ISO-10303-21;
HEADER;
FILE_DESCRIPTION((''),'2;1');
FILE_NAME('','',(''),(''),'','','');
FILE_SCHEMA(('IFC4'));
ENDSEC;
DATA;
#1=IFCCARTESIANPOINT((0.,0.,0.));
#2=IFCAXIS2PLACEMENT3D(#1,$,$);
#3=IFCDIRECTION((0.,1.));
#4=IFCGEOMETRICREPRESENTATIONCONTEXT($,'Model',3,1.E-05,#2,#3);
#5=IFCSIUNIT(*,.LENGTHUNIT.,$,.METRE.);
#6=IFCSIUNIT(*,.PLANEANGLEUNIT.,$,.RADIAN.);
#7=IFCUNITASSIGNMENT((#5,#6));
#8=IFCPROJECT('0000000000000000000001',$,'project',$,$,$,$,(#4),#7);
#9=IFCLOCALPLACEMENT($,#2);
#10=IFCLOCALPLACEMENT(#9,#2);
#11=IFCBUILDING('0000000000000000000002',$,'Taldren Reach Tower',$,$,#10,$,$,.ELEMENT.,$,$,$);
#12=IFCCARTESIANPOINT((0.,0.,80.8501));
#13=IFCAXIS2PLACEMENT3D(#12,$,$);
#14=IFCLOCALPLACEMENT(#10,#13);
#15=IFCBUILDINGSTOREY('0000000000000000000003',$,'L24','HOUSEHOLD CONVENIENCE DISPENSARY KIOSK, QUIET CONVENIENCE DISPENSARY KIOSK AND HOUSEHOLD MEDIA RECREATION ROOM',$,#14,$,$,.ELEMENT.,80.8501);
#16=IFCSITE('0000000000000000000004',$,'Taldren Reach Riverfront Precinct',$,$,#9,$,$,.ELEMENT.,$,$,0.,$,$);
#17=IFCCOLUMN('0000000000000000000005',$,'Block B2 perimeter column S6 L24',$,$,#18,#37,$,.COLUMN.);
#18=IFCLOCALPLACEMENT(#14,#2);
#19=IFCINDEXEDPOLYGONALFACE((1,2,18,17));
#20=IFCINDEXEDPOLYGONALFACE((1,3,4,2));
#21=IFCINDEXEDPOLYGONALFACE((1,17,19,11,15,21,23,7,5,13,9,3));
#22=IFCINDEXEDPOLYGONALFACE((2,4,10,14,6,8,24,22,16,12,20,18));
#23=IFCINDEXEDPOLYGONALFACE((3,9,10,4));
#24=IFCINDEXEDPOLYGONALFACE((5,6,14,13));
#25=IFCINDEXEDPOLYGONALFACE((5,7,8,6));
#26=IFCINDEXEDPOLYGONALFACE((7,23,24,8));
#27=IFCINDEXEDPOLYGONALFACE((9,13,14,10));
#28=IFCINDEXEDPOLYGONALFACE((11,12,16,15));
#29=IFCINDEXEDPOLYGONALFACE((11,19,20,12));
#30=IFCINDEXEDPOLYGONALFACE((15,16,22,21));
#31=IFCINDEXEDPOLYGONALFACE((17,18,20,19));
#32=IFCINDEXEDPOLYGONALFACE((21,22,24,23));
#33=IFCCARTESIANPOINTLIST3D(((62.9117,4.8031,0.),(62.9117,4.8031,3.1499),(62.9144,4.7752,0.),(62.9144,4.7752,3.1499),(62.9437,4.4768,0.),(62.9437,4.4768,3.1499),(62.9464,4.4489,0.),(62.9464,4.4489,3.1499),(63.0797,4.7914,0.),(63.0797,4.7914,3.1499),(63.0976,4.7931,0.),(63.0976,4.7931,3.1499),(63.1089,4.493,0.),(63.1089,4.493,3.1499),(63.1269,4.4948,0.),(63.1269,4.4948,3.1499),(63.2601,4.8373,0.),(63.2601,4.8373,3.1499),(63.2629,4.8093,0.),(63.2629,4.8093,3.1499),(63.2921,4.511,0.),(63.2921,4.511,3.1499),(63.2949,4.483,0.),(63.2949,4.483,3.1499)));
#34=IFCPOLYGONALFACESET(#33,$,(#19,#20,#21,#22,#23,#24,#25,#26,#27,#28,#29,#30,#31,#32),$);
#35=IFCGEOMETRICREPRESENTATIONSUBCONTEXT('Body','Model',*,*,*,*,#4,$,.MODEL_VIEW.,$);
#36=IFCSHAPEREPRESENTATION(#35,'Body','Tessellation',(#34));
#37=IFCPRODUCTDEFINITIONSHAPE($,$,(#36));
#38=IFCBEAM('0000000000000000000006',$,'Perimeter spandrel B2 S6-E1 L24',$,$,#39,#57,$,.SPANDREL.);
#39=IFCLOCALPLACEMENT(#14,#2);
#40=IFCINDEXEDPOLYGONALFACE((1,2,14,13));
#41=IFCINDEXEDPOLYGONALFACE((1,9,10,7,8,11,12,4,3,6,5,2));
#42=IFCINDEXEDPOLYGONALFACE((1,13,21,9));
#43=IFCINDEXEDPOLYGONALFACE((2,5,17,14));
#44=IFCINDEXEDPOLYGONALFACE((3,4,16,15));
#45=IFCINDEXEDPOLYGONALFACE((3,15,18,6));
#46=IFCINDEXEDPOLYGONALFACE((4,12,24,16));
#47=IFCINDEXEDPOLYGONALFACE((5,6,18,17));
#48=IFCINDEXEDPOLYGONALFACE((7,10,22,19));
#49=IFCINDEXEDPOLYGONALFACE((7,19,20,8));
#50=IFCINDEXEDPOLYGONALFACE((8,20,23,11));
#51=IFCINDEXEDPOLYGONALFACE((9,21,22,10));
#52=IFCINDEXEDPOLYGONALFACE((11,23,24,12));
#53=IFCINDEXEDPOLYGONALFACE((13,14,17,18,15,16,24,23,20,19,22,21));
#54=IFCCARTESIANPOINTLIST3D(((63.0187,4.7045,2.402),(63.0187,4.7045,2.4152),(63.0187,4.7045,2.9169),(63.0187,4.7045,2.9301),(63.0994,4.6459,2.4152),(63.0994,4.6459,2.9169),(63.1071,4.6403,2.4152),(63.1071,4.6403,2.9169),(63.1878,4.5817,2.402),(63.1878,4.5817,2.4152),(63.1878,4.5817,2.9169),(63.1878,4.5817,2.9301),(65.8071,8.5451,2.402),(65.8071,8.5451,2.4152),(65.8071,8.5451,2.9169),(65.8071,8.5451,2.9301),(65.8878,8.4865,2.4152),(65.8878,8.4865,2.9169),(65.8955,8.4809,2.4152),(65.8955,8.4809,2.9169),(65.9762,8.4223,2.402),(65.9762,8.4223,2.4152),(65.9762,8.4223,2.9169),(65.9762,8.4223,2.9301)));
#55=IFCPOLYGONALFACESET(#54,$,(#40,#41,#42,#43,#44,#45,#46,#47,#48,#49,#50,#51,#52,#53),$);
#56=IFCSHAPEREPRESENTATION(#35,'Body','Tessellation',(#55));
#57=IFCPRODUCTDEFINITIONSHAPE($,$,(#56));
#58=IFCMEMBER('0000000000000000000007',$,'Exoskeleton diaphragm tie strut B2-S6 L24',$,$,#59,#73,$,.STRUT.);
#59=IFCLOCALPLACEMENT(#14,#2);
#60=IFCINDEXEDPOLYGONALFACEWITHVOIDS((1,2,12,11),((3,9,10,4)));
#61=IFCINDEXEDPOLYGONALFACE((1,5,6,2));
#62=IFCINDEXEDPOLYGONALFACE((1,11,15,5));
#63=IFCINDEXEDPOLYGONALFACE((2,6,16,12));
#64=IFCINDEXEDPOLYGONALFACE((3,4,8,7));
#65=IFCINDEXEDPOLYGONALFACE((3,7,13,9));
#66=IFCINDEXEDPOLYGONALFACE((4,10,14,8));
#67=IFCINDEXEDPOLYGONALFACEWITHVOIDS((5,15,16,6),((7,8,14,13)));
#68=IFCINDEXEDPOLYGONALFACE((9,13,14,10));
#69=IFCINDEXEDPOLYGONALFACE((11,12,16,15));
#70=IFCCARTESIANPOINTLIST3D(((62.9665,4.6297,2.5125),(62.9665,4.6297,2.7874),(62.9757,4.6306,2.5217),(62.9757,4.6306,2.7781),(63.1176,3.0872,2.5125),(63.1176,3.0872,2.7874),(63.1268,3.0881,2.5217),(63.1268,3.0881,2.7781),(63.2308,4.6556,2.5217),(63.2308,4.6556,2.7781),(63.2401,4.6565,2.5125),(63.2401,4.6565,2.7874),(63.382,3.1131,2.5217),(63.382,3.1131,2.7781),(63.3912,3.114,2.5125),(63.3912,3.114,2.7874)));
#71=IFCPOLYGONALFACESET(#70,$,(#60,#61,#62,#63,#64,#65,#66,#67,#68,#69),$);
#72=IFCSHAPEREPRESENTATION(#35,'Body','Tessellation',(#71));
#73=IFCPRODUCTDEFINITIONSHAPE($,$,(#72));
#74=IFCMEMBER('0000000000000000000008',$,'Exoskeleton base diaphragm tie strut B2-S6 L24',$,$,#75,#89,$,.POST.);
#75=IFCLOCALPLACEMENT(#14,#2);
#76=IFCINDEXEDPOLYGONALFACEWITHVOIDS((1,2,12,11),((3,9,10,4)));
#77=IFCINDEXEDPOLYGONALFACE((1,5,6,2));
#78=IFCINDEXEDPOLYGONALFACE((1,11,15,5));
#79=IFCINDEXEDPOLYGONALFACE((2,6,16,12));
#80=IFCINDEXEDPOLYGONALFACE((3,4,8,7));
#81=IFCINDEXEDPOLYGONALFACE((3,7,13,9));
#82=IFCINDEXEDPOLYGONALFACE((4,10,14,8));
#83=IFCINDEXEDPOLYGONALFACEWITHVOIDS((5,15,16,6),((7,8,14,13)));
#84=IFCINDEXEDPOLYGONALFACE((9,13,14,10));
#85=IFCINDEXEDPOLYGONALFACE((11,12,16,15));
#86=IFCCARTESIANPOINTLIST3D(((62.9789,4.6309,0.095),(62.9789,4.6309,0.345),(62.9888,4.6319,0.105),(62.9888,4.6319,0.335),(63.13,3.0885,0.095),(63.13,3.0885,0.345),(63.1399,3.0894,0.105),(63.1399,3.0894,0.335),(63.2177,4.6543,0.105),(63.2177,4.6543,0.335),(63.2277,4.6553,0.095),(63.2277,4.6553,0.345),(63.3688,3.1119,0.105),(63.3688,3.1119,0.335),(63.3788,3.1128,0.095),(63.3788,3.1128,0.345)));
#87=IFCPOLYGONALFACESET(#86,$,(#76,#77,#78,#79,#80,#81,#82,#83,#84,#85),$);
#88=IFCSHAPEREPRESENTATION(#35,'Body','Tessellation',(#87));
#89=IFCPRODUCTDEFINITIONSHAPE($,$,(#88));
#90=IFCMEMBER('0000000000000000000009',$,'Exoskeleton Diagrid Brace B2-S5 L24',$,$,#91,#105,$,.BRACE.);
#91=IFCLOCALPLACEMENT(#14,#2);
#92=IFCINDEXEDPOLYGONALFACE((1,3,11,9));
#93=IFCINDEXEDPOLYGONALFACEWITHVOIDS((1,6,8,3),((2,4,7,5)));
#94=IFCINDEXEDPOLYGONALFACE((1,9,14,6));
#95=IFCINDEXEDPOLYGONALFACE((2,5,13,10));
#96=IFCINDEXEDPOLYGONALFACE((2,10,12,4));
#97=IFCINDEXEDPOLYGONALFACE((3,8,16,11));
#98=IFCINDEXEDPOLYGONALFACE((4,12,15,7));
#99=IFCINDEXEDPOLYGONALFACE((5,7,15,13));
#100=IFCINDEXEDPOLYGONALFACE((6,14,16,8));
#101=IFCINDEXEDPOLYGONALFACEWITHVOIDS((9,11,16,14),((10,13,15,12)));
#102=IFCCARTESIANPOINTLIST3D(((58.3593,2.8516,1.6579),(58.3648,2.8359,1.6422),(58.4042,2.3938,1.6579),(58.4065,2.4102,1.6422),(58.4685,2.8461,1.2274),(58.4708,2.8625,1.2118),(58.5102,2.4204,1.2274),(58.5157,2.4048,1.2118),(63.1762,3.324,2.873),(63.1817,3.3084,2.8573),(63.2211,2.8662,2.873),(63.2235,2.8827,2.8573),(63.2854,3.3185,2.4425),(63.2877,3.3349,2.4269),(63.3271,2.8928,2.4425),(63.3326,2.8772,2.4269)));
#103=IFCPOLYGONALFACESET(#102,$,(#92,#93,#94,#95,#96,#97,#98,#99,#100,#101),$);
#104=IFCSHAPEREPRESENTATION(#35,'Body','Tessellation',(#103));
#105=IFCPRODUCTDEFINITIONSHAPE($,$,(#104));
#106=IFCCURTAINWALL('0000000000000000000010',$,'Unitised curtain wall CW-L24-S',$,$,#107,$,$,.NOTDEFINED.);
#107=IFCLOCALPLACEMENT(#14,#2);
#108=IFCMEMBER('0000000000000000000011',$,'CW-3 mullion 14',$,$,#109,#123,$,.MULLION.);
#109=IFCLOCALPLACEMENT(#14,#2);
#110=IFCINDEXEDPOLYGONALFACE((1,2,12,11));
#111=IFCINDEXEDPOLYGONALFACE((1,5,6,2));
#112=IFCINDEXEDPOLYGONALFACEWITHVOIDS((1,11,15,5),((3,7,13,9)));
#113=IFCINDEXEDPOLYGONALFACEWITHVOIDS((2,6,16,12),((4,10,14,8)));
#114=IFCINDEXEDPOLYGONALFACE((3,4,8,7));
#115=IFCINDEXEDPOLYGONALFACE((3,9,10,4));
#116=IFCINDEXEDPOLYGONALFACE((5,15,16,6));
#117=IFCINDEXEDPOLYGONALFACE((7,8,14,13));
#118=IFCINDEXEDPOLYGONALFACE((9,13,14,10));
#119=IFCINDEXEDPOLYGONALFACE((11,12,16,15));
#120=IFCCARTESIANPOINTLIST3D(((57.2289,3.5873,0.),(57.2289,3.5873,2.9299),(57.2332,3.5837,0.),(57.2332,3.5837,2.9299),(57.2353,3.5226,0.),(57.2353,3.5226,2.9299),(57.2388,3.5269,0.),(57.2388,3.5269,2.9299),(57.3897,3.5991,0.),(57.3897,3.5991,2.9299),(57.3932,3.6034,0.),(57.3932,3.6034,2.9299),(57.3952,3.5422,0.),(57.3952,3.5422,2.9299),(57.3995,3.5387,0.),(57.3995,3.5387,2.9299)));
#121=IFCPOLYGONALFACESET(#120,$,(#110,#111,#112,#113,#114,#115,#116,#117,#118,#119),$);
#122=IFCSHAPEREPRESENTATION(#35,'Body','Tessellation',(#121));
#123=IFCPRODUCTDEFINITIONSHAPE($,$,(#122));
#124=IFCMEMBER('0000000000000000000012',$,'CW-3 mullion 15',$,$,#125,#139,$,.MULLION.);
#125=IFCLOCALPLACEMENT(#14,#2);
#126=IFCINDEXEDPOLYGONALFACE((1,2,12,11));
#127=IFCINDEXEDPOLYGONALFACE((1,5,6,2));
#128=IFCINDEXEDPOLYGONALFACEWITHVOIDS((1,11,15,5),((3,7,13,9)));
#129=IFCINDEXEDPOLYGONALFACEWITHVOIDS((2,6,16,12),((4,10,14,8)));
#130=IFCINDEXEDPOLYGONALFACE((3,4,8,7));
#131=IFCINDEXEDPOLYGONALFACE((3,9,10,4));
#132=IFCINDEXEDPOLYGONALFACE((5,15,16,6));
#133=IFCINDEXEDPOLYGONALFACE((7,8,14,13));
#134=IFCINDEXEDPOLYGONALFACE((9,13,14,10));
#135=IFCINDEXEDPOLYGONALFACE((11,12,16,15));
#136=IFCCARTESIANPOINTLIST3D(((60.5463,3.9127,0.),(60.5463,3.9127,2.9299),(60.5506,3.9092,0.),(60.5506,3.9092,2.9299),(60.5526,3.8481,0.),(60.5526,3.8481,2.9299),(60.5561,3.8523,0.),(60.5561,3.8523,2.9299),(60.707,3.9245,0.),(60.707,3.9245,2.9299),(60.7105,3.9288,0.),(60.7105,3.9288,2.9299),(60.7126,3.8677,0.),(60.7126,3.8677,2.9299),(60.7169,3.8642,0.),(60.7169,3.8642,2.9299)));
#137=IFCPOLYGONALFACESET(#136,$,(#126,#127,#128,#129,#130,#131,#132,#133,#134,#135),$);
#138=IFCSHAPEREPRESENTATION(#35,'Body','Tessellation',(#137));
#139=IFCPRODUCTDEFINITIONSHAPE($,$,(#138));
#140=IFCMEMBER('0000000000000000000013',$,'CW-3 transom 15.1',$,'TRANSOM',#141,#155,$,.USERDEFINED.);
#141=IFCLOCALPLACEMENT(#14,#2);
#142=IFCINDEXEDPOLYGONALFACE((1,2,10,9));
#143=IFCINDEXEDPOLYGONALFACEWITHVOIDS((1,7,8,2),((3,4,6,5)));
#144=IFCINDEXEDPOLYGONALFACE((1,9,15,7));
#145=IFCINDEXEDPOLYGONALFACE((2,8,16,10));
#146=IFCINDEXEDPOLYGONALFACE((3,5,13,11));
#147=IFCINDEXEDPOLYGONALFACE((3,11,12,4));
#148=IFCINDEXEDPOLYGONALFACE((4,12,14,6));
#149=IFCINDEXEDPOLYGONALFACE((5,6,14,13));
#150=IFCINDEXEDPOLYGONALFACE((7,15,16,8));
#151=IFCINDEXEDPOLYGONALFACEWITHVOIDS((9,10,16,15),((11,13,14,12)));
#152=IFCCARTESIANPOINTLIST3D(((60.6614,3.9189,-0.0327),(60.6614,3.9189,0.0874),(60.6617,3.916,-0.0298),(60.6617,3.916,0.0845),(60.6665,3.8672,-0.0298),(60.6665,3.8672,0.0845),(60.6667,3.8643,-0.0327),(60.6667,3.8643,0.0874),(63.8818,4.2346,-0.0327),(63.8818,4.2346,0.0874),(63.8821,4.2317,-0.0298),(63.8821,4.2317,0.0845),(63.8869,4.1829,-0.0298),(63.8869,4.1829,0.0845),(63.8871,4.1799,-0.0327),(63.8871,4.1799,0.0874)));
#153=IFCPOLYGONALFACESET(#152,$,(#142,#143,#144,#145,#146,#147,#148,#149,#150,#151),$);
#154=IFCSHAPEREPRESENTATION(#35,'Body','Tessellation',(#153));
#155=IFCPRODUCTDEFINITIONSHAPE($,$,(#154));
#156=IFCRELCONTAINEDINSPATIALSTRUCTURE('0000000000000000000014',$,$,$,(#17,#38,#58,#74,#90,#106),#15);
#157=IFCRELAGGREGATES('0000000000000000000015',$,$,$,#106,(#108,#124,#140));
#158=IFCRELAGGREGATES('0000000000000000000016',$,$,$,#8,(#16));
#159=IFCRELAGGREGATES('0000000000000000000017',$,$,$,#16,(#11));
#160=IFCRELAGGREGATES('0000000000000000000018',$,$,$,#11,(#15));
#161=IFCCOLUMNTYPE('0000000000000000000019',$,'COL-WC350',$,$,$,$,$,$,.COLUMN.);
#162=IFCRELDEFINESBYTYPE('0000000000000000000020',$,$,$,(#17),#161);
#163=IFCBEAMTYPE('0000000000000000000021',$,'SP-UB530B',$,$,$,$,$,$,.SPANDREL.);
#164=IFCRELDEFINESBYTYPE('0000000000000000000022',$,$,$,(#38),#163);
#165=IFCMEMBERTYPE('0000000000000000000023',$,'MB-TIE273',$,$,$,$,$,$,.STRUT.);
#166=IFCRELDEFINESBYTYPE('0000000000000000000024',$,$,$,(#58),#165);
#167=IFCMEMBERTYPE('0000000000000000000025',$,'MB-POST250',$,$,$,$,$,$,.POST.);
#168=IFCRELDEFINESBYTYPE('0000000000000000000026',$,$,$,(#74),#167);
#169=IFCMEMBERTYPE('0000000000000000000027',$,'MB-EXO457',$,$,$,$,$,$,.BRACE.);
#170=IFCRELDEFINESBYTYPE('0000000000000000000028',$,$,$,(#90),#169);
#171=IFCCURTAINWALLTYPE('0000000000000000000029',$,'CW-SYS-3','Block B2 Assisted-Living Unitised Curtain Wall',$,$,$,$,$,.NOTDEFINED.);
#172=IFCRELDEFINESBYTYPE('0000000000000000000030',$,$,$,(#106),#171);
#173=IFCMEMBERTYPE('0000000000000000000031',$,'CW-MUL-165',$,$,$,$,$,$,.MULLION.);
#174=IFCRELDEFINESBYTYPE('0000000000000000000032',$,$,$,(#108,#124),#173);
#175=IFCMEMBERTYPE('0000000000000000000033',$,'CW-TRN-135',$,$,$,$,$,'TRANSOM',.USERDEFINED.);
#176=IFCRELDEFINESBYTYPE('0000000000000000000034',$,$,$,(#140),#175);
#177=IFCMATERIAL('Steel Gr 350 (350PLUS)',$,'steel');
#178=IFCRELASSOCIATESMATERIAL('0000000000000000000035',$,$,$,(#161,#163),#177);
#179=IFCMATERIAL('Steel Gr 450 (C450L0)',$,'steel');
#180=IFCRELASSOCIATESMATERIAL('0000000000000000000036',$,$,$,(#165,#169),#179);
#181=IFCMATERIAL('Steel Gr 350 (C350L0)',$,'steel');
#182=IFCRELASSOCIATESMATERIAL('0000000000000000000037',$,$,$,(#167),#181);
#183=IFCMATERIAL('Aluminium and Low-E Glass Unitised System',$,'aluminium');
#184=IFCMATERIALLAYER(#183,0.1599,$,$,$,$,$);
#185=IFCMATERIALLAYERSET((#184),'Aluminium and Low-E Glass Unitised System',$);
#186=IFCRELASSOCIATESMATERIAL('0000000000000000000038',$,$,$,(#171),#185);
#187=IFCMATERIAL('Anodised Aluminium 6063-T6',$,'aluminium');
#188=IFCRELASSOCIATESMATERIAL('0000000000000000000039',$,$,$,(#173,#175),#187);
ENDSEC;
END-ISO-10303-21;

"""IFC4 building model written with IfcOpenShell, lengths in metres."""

from ifc_helpers import new_model, si_unit, direction, frame, origin, origin_2d, place, context, subcontext, project, spatial, hollow_rectangle, i_section, extrude, source, transform, mapped, material, layer, layer_set, material_profile, profile_set, type_object, element, aggregate, save


model = new_model("IFC4")

# Units and contexts
model_context = context("Model", 3, precision=1e-05, world=origin(), true_north=direction((0.0, 1.0)))
body_context = subcontext(model_context, "Body", "Model", "MODEL_VIEW")
ifc_project = project(units=[si_unit("LENGTHUNIT", "METRE"), si_unit("PLANEANGLEUNIT", "RADIAN")], contexts=[model_context])

# Site, building, storey
site_placement = place(None, origin())
site = spatial("IfcSite", under=ifc_project, at=site_placement, Name="Taldren Reach Riverfront Precinct", CompositionType="ELEMENT", RefElevation=0.0)
building_placement = place(site_placement, origin())
building = spatial("IfcBuilding", under=site, at=building_placement, Name="Taldren Reach Tower", CompositionType="ELEMENT")
storey_placement = place(building_placement, frame((0.0, 0.0, 80.8501)))
storey = spatial("IfcBuildingStorey", under=building, at=storey_placement, Name="L24", Description="HOUSEHOLD CONVENIENCE DISPENSARY KIOSK, QUIET CONVENIENCE DISPENSARY KIOSK AND HOUSEHOLD MEDIA RECREATION ROOM", CompositionType="ELEMENT", Elevation=80.8501)

# Column
ifc_material_1 = material(Name="Steel Gr 350 (350PLUS)", Category="steel")
ifc_material_profile_1 = material_profile(ifc_material_1, i_section(OverallWidth=0.3501, OverallDepth=0.356, WebThickness=0.0181, FlangeThickness=0.0281, at=origin_2d()), Name="350WC197")
ifc_profile_set_1 = profile_set([ifc_material_profile_1], Name="Steel Gr 350 (350PLUS)")
column_type = type_object("IfcColumnType", Name="COL-WC350", PredefinedType="COLUMN", material=ifc_profile_set_1)
shared_shape_1 = source(origin(), body_context, "Body", "SweptSolid", [
    extrude(i_section(OverallWidth=0.3501, OverallDepth=0.356, WebThickness=0.0181, FlangeThickness=0.0281, at=origin_2d()), origin(), (0.0, 0.0, 1.0), 3.1499),
])
column_placement = place(storey_placement, frame((63.1033, 4.6431, 0.0), z_axis=(0.0, 0.0, 1.0), x_axis=(0.995227, 0.097583, 0.0)))
element("IfcColumn", 1, at=column_placement, inside=storey, type_object=column_type, Name="Block B2 perimeter column S6 L24", PredefinedType="COLUMN", context=body_context, shape_type="MappedRepresentation", body=[
    mapped(shared_shape_1, transform((0.0, 0.0, 0.0), scale=1.0)),
])

# Beam
ifc_material_profile_2 = material_profile(ifc_material_1, i_section(OverallWidth=0.209, OverallDepth=0.5281, WebThickness=0.0095, FlangeThickness=0.0132, at=origin_2d()), Name="530UB82.0")
ifc_profile_set_2 = profile_set([ifc_material_profile_2], Name="Steel Gr 350 (350PLUS)")
beam_type = type_object("IfcBeamType", Name="SP-UB530B", PredefinedType="SPANDREL", material=ifc_profile_set_2)
shared_shape_2 = source(origin(), body_context, "Body", "SweptSolid", [
    extrude(i_section(OverallWidth=0.209, OverallDepth=0.5281, WebThickness=0.0095, FlangeThickness=0.0132, at=origin_2d()), origin(), (0.0, 0.0, 1.0), 4.7461),
])
beam_placement = place(storey_placement, frame((63.1033, 4.6431, 2.666), z_axis=(0.587508, 0.809219, 0.0), x_axis=(-0.809219, 0.587508, 0.0)))
element("IfcBeam", 2, at=beam_placement, inside=storey, type_object=beam_type, Name="Perimeter spandrel B2 S6-E1 L24", PredefinedType="SPANDREL", context=body_context, shape_type="MappedRepresentation", body=[
    mapped(shared_shape_2, transform((0.0, 0.0, 0.0), scale=1.0)),
])

# Members
ifc_material_2 = material(Name="Steel Gr 450 (C450L0)", Category="steel")
ifc_material_profile_3 = material_profile(ifc_material_2, hollow_rectangle(XDim=0.2749, YDim=0.2749, WallThickness=0.0093, at=origin_2d()), Name="275x275x9.3SHS")
ifc_profile_set_3 = profile_set([ifc_material_profile_3], Name="Steel Gr 450 (C450L0)")
member_type_1 = type_object("IfcMemberType", Name="MB-TIE273", PredefinedType="STRUT", material=ifc_profile_set_3)
shared_shape_3 = source(origin(), body_context, "Body", "SweptSolid", [
    extrude(hollow_rectangle(XDim=0.2749, YDim=0.2749, WallThickness=0.0093, at=origin_2d()), origin(), (0.0, 0.0, 1.0), 1.5498),
])
member_1_placement = place(storey_placement, frame((63.1033, 4.6431, 2.6499), z_axis=(0.097507, -0.995235, 0.0), x_axis=(0.995235, 0.097507, 0.0)))
element("IfcMember", 3, at=member_1_placement, inside=storey, type_object=member_type_1, Name="Exoskeleton diaphragm tie strut B2-S6 L24", PredefinedType="STRUT", context=body_context, shape_type="MappedRepresentation", body=[
    mapped(shared_shape_3, transform((0.0, 0.0, 0.0), scale=1.0)),
])
ifc_material_3 = material(Name="Steel Gr 350 (C350L0)", Category="steel")
ifc_material_profile_4 = material_profile(ifc_material_3, hollow_rectangle(XDim=0.25, YDim=0.25, WallThickness=0.01, at=origin_2d()), Name="250x250x10.0SHS")
ifc_profile_set_4 = profile_set([ifc_material_profile_4], Name="Steel Gr 350 (C350L0)")
member_type_2 = type_object("IfcMemberType", Name="MB-POST250", PredefinedType="POST", material=ifc_profile_set_4)
shared_shape_4 = source(origin(), body_context, "Body", "SweptSolid", [
    extrude(hollow_rectangle(XDim=0.25, YDim=0.25, WallThickness=0.01, at=origin_2d()), origin(), (0.0, 0.0, 1.0), 1.5498),
])
member_2_placement = place(storey_placement, frame((63.1033, 4.6431, 0.22), z_axis=(0.097507, -0.995235, 0.0), x_axis=(0.995235, 0.097507, 0.0)))
element("IfcMember", 4, at=member_2_placement, inside=storey, type_object=member_type_2, Name="Exoskeleton base diaphragm tie strut B2-S6 L24", PredefinedType="POST", context=body_context, shape_type="MappedRepresentation", body=[
    mapped(shared_shape_4, transform((0.0, 0.0, 0.0), scale=1.0)),
])
ifc_material_profile_5 = material_profile(ifc_material_2, hollow_rectangle(XDim=0.46, YDim=0.46, WallThickness=0.0161, at=origin_2d()), Name="460x460x16.0SHS")
ifc_profile_set_5 = profile_set([ifc_material_profile_5], Name="Steel Gr 450 (C450L0)")
member_type_3 = type_object("IfcMemberType", Name="MB-EXO457", PredefinedType="BRACE", material=ifc_profile_set_5)
shared_shape_5 = source(origin(), body_context, "Body", "SweptSolid", [
    extrude(hollow_rectangle(XDim=0.46, YDim=0.46, WallThickness=0.0161, at=origin_2d()), origin(), (0.0, 0.0, 1.0), 4.9902),
])
member_3_placement = place(storey_placement, frame((58.4375, 2.6282, 1.4348), z_axis=(0.965271, 0.094668, 0.243495), x_axis=(-0.097606, 0.995225, 0.0)))
element("IfcMember", 5, at=member_3_placement, inside=storey, type_object=member_type_3, Name="Exoskeleton Diagrid Brace B2-S5 L24", PredefinedType="BRACE", context=body_context, shape_type="MappedRepresentation", body=[
    mapped(shared_shape_5, transform((0.0, 0.0, 0.0), scale=1.0)),
])

# Curtain wall, members
ifc_material_4 = material(Name="Aluminium and Low-E Glass Unitised System", Category="aluminium")
ifc_layer_1 = layer(ifc_material_4, 0.1599)
ifc_layer_set_1 = layer_set([ifc_layer_1], Name="Aluminium and Low-E Glass Unitised System")
curtain_wall_type = type_object("IfcCurtainWallType", Name="CW-SYS-3", Description="Block B2 Assisted-Living Unitised Curtain Wall", PredefinedType="NOTDEFINED", material=ifc_layer_set_1)
curtain_wall_placement = place(storey_placement, origin())
curtain_wall = element("IfcCurtainWall", 6, at=curtain_wall_placement, inside=storey, type_object=curtain_wall_type, Name="Unitised curtain wall CW-L24-S", PredefinedType="NOTDEFINED")
ifc_material_5 = material(Name="Anodised Aluminium 6063-T6", Category="aluminium")
ifc_material_profile_6 = material_profile(ifc_material_5, hollow_rectangle(XDim=0.0649, YDim=0.165, WallThickness=0.0039, at=origin_2d()), Name="ALU-165x65x4RHS")
ifc_profile_set_6 = profile_set([ifc_material_profile_6], Name="Anodised Aluminium 6063-T6")
member_type_4 = type_object("IfcMemberType", Name="CW-MUL-165", PredefinedType="MULLION", material=ifc_profile_set_6)
shared_shape_6 = source(origin(), body_context, "Body", "SweptSolid", [
    extrude(hollow_rectangle(XDim=0.0649, YDim=0.165, WallThickness=0.0039, at=origin_2d()), origin(), (0.0, 0.0, 1.0), 2.9299),
])
member_4_placement = place(storey_placement, frame((57.3142, 3.563, 0.0), z_axis=(0.0, 0.0, 1.0), x_axis=(-0.097583, 0.995227, 0.0)))
member_4 = element("IfcMember", 7, at=member_4_placement, type_object=member_type_4, Name="CW-3 mullion 14", PredefinedType="MULLION", context=body_context, shape_type="MappedRepresentation", body=[
    mapped(shared_shape_6, transform((0.0, 0.0, 0.0), scale=1.0)),
])
member_5_placement = place(storey_placement, frame((60.6316, 3.8884, 0.0), z_axis=(0.0, 0.0, 1.0), x_axis=(-0.097583, 0.995227, 0.0)))
member_5 = element("IfcMember", 8, at=member_5_placement, type_object=member_type_4, Name="CW-3 mullion 15", PredefinedType="MULLION", context=body_context, shape_type="MappedRepresentation", body=[
    mapped(shared_shape_6, transform((0.0, 0.0, 0.0), scale=1.0)),
])
ifc_material_profile_7 = material_profile(ifc_material_5, hollow_rectangle(XDim=0.0549, YDim=0.1201, WallThickness=0.0029, at=origin_2d()), Name="ALU-120x55x3RHS")
ifc_profile_set_7 = profile_set([ifc_material_profile_7], Name="Anodised Aluminium 6063-T6")
member_type_5 = type_object("IfcMemberType", Name="CW-TRN-135", ElementType="TRANSOM", PredefinedType="USERDEFINED", material=ifc_profile_set_7)
shared_shape_7 = source(origin(), body_context, "Body", "SweptSolid", [
    extrude(hollow_rectangle(XDim=0.0549, YDim=0.1201, WallThickness=0.0029, at=origin_2d()), origin(), (0.0, 0.0, 1.0), 3.2358),
])
member_6_placement = place(storey_placement, frame((60.6641, 3.8916, 0.0273), z_axis=(0.99523, 0.097554, 0.0), x_axis=(-0.097554, 0.99523, 0.0)))
member_6 = element("IfcMember", 9, at=member_6_placement, type_object=member_type_5, Name="CW-3 transom 15.1", ObjectType="TRANSOM", PredefinedType="USERDEFINED", context=body_context, shape_type="MappedRepresentation", body=[
    mapped(shared_shape_7, transform((0.0, 0.0, 0.0), scale=1.0)),
])
aggregate(curtain_wall, [member_4, member_5, member_6])

save(model, "model.ifc")
